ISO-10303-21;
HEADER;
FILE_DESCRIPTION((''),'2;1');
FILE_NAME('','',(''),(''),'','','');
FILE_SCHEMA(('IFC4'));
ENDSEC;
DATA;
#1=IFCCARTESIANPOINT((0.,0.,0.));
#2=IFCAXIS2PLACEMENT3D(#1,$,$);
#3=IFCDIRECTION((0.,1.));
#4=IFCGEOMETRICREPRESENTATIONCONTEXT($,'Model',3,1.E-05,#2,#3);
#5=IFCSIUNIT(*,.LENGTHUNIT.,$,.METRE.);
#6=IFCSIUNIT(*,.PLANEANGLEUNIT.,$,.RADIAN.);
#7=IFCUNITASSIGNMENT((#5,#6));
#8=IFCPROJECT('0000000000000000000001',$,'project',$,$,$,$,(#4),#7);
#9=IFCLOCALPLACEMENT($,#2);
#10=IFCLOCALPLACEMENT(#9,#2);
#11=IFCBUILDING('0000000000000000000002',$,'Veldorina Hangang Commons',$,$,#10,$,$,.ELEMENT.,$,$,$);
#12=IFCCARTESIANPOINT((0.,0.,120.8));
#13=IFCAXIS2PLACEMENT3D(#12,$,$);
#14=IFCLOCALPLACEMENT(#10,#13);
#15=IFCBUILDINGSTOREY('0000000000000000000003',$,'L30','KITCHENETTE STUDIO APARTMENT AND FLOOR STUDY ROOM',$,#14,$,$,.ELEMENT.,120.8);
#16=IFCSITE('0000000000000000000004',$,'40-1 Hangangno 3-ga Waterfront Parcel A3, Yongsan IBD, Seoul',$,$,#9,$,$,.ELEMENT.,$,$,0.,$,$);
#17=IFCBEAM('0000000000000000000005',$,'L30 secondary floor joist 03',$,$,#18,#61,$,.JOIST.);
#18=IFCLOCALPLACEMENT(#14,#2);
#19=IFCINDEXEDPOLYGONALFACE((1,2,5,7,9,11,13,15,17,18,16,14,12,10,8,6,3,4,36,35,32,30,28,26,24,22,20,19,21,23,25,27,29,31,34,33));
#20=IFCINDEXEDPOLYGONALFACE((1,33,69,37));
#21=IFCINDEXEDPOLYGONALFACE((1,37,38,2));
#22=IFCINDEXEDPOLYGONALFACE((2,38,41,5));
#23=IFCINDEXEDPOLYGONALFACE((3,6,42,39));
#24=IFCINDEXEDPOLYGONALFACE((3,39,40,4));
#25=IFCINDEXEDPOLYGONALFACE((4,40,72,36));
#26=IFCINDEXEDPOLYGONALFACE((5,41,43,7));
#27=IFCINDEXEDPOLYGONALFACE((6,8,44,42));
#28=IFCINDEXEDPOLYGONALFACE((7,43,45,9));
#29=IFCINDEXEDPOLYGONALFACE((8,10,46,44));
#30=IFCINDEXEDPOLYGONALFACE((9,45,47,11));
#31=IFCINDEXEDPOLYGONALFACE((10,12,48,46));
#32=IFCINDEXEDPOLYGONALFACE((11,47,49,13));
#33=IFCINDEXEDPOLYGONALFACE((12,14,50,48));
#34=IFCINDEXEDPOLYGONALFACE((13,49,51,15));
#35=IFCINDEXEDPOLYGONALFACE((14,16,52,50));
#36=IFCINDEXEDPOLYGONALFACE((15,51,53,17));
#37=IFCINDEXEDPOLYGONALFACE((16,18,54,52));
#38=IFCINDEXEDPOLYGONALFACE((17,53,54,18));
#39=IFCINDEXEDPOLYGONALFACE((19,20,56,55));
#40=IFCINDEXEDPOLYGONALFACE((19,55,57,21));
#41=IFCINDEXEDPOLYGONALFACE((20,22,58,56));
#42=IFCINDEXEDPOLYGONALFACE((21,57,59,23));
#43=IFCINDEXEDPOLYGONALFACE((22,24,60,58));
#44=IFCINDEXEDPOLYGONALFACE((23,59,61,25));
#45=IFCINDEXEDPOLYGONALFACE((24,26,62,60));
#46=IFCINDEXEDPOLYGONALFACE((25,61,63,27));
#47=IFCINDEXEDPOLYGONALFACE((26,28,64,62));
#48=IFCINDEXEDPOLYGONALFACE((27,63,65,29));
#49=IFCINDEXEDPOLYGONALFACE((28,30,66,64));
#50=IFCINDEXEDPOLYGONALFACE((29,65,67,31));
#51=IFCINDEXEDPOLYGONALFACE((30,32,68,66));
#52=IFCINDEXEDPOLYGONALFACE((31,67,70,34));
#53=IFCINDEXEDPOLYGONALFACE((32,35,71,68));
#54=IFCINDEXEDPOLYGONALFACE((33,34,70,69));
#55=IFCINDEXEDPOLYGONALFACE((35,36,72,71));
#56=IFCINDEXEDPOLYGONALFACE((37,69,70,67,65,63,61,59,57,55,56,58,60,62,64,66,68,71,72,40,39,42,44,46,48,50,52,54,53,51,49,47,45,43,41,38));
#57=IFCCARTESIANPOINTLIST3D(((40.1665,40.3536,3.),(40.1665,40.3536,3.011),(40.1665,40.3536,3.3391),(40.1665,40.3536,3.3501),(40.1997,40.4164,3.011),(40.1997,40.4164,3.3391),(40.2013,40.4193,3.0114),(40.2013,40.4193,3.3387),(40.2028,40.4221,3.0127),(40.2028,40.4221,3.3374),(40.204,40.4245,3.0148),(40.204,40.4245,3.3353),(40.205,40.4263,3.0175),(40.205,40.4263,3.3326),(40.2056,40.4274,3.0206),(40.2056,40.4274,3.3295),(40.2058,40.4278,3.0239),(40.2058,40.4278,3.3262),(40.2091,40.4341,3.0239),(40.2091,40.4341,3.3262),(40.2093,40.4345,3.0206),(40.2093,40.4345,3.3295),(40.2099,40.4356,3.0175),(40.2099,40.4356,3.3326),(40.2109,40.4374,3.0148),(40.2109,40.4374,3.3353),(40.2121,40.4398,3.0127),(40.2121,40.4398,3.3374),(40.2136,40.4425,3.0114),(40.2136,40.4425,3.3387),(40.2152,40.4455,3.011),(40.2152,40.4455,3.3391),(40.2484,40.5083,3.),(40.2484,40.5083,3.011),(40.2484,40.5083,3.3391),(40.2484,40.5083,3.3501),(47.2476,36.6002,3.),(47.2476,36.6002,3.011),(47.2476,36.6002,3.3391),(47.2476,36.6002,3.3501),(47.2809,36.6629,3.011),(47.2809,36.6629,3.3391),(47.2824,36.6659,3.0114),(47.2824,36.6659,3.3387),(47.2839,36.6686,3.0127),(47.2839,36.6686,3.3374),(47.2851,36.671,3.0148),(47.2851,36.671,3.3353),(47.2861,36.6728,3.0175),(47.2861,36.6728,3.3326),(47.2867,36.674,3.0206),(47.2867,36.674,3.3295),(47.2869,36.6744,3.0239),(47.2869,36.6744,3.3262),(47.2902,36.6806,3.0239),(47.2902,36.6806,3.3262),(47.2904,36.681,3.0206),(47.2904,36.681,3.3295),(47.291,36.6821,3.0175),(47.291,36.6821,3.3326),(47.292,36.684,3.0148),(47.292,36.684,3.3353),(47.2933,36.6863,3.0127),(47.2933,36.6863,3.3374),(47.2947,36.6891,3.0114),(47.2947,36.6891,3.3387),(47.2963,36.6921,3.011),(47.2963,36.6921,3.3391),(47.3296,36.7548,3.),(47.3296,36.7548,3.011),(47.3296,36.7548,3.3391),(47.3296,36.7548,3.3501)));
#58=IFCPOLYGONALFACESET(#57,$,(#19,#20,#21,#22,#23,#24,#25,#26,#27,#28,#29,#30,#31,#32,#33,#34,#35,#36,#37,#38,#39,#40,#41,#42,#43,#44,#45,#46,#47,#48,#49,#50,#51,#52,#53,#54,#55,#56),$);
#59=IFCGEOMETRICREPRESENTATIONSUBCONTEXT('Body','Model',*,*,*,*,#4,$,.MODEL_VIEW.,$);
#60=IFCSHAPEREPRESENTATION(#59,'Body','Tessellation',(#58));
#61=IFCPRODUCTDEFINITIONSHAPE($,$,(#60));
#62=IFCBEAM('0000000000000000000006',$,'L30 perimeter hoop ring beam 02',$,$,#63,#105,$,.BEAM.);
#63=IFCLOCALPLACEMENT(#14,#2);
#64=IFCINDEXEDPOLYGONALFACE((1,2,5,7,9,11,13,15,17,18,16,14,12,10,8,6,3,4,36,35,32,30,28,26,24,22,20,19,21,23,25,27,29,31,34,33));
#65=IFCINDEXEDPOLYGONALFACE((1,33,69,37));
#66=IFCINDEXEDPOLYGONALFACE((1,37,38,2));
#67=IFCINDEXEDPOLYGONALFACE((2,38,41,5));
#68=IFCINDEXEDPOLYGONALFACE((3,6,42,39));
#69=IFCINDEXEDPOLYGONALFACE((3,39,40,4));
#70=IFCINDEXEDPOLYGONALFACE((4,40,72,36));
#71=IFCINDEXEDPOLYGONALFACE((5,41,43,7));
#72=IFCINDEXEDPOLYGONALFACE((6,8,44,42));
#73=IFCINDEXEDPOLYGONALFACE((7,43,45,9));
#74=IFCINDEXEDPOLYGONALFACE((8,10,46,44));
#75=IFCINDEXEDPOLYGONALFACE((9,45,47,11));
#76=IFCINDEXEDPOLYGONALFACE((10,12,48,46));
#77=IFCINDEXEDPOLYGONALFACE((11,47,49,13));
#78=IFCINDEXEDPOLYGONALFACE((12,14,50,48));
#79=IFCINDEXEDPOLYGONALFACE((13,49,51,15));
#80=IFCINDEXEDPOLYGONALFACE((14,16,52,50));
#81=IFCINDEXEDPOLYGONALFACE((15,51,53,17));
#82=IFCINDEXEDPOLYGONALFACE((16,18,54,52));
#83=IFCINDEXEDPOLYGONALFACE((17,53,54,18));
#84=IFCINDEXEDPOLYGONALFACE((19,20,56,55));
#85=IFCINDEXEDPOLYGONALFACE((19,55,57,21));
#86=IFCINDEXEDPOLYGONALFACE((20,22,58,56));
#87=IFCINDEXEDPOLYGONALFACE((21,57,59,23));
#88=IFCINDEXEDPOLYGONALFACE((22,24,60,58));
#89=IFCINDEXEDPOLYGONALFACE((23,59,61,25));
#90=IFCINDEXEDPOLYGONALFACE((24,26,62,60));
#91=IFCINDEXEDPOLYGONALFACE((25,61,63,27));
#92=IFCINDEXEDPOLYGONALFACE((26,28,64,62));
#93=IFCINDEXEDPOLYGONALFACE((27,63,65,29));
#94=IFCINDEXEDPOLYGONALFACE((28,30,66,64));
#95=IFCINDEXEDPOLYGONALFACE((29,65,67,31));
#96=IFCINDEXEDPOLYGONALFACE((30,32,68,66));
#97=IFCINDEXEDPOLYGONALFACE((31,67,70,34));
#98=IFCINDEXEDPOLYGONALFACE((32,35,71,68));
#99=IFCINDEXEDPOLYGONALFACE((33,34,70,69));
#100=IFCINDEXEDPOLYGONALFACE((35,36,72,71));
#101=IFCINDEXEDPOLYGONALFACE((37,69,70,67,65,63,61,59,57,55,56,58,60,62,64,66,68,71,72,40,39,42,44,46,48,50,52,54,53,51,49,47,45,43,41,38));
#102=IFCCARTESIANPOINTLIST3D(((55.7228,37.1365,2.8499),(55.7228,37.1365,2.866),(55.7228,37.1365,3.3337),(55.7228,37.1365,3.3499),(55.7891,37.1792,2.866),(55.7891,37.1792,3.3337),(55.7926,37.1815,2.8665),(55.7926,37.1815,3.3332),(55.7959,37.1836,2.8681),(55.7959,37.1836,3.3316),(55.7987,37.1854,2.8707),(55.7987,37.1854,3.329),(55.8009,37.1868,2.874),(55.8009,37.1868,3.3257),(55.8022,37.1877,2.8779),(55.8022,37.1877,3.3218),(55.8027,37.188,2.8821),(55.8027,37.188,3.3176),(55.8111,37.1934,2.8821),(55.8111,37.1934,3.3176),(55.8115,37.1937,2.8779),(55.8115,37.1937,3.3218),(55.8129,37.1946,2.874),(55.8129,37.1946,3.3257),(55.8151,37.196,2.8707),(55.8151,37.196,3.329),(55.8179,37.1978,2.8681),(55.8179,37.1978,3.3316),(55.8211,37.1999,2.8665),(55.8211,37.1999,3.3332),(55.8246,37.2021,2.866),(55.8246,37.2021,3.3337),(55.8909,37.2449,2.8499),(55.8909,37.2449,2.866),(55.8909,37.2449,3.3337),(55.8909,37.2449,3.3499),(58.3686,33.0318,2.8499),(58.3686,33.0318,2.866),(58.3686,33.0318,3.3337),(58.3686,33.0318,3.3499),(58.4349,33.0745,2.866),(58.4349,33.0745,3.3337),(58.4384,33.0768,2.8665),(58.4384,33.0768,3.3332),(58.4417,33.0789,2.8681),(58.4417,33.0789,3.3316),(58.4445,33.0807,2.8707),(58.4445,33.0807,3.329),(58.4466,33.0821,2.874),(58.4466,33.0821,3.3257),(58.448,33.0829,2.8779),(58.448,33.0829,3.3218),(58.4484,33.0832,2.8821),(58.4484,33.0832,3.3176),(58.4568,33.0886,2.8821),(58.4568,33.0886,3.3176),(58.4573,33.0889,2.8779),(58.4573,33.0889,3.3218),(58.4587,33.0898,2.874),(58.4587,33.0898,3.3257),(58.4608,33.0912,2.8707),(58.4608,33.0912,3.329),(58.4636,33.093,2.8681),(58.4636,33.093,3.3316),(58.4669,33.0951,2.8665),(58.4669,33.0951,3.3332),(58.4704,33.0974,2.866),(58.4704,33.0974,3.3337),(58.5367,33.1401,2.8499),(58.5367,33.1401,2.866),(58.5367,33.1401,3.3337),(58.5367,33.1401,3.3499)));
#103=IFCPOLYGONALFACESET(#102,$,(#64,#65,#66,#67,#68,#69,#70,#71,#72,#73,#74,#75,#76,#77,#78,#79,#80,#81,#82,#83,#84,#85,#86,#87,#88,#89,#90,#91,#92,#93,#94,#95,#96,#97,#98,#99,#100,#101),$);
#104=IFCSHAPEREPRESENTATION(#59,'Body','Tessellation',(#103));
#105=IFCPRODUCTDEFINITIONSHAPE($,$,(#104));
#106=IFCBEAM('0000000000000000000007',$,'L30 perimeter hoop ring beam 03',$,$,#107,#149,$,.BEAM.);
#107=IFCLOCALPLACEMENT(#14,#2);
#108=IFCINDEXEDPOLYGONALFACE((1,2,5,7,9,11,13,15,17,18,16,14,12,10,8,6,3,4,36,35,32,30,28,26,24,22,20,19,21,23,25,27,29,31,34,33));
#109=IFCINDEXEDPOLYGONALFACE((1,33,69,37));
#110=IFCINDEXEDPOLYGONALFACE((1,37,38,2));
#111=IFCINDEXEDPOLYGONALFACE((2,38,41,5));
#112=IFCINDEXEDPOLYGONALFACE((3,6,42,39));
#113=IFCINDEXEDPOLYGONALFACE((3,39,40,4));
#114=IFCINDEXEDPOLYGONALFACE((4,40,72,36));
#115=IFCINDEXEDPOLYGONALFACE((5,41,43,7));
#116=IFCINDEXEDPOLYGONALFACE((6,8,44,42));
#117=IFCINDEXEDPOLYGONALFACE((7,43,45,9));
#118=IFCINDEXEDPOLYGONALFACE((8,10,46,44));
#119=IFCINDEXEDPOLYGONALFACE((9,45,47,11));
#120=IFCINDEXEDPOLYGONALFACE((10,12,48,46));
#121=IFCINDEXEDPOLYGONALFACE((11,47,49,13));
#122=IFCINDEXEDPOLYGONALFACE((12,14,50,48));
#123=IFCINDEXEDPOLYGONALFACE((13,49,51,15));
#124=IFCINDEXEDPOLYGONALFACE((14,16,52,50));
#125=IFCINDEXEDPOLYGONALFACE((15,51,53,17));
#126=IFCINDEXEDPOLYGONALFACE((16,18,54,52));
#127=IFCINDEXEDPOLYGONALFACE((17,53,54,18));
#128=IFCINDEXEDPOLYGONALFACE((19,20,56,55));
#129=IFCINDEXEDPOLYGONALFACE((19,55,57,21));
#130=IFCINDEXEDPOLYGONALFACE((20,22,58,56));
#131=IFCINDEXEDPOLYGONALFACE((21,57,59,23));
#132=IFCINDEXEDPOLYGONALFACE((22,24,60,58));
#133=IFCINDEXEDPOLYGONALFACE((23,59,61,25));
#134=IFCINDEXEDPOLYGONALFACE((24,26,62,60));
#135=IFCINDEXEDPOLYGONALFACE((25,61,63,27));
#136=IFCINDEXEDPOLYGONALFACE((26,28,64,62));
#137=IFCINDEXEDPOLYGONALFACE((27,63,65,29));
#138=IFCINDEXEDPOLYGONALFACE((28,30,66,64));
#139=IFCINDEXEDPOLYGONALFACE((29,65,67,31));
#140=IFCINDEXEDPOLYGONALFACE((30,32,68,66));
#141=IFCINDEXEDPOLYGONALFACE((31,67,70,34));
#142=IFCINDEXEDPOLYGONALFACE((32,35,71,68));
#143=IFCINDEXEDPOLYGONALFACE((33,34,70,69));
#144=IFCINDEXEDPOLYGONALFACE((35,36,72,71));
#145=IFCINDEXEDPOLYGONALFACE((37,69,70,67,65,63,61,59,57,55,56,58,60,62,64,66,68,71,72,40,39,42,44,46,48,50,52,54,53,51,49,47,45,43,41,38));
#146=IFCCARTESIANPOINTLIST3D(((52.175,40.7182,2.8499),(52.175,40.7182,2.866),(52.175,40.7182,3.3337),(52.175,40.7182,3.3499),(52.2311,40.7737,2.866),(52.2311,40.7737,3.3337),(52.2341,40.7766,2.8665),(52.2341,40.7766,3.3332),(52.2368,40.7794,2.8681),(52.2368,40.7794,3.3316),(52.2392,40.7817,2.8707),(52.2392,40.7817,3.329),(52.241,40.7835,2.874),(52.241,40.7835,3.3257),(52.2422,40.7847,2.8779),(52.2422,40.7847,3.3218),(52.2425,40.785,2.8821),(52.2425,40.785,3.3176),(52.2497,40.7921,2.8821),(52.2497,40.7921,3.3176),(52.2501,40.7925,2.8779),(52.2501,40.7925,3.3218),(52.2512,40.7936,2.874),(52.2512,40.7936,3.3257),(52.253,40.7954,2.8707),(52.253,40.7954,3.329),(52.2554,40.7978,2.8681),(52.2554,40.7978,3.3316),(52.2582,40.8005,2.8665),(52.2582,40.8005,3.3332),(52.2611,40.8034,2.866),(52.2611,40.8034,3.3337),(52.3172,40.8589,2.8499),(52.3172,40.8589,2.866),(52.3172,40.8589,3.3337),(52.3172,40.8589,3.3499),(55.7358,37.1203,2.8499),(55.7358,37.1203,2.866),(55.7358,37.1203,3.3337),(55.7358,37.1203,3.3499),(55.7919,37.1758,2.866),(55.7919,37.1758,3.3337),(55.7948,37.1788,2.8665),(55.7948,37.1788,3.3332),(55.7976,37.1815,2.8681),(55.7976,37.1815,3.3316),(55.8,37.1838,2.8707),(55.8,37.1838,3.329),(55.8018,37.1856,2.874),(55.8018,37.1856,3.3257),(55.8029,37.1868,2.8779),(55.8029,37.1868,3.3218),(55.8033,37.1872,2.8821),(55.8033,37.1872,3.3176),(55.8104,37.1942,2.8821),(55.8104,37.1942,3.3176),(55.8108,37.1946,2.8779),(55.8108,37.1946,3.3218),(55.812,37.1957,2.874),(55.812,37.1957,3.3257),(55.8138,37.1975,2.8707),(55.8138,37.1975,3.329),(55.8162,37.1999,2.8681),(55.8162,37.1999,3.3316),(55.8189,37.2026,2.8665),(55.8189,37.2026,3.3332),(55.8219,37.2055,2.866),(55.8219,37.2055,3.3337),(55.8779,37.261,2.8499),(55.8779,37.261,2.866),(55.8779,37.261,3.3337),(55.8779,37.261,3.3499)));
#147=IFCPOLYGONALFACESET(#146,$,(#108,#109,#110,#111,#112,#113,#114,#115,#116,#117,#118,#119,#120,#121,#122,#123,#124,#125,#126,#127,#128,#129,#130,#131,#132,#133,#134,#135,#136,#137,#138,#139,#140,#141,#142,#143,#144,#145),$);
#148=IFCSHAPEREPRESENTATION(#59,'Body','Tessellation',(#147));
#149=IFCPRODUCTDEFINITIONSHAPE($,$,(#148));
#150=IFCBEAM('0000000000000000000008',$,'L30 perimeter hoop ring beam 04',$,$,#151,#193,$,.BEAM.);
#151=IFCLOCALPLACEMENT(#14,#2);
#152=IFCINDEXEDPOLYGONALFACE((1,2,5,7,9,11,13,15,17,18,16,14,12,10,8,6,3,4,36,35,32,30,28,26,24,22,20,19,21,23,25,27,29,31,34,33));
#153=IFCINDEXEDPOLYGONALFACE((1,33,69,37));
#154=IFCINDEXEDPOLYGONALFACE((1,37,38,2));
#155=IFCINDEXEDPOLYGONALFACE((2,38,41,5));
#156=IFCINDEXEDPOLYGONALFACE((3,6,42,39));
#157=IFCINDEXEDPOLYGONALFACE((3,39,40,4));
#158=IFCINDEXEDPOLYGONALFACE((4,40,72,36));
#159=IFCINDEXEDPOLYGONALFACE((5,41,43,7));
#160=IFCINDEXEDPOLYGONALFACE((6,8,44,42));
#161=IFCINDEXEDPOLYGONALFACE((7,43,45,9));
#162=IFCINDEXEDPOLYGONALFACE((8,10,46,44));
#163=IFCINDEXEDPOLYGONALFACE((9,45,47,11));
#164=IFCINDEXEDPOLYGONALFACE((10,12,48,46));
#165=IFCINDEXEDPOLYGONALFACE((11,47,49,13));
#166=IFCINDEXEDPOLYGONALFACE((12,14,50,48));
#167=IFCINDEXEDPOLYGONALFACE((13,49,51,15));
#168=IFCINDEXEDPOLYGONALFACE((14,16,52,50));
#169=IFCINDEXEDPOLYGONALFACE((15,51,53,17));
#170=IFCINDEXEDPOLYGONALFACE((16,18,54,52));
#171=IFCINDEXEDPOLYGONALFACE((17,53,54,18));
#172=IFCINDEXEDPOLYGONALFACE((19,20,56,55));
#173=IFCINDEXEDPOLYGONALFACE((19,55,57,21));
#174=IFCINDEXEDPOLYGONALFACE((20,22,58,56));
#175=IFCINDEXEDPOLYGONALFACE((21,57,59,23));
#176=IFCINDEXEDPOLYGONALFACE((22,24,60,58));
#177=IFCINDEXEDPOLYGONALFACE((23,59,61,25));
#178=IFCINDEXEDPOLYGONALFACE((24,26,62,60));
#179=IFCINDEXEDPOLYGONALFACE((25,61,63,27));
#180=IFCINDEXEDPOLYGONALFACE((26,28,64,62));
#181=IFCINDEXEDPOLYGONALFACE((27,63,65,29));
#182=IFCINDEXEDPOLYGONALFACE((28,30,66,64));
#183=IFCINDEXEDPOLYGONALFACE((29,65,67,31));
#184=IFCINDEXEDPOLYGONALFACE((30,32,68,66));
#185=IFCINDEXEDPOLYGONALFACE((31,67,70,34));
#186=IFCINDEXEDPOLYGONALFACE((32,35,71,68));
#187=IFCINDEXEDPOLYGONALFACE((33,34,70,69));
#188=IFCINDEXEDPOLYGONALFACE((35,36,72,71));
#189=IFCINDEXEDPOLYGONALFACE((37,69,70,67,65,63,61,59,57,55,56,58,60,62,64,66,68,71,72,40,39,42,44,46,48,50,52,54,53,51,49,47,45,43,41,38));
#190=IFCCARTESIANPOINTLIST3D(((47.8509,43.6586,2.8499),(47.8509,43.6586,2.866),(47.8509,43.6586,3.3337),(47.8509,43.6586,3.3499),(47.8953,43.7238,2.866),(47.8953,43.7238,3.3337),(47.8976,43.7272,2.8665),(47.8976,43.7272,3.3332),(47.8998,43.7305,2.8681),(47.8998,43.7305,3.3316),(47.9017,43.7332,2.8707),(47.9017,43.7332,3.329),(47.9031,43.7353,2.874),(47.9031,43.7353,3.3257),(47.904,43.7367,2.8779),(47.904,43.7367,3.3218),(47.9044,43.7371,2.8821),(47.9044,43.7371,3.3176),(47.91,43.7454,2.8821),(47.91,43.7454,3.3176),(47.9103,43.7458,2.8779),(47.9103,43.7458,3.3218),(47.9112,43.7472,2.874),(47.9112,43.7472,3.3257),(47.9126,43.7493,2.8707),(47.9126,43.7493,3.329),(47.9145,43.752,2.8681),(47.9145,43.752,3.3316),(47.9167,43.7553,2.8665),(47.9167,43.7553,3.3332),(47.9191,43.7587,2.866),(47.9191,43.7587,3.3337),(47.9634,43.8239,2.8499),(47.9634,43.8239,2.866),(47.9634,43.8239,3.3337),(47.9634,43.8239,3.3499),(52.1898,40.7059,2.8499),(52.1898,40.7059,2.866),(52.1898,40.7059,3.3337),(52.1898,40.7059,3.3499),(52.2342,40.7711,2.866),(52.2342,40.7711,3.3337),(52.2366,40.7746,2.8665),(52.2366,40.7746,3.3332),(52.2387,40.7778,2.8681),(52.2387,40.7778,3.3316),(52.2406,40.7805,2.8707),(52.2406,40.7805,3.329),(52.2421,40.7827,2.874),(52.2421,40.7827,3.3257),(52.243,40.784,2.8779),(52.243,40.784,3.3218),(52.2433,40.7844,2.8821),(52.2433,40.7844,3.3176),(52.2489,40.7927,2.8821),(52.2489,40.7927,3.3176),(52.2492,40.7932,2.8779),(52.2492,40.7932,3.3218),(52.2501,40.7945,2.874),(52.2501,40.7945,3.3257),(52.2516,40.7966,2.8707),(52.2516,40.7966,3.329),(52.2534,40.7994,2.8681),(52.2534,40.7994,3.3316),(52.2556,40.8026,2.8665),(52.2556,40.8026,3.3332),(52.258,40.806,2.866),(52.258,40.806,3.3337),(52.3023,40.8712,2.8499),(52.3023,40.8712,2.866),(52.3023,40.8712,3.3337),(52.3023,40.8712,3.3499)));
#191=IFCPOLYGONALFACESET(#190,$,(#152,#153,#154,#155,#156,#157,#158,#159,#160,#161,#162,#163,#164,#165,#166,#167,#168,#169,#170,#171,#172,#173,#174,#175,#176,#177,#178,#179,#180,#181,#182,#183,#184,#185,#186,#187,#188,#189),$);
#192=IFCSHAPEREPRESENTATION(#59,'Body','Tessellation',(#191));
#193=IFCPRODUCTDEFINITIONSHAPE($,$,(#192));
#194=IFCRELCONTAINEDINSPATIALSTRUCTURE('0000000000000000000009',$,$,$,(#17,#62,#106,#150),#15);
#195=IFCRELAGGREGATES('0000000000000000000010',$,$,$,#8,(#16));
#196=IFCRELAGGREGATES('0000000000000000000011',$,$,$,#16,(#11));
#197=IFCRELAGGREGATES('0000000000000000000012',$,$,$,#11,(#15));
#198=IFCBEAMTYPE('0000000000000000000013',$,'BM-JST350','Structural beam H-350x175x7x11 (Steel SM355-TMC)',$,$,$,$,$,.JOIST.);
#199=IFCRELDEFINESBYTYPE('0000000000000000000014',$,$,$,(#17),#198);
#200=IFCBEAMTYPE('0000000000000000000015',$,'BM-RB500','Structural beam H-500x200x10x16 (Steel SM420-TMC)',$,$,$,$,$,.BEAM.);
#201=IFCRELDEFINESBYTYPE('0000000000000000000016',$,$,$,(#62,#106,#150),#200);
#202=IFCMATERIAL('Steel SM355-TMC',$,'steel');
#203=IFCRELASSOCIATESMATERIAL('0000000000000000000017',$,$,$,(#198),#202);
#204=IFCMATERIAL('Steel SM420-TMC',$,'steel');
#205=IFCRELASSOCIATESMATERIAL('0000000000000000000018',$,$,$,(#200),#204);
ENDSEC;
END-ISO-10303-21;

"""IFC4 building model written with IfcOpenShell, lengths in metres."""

from ifc_helpers import new_model, si_unit, direction, frame, origin, origin_2d, place, context, subcontext, project, spatial, i_section, extrude, material, material_profile, profile_set, type_object, element, save


model = new_model("IFC4")

# Units and contexts
model_context = context("Model", 3, precision=1e-05, world=origin(), true_north=direction((0.0, 1.0)))
body_context = subcontext(model_context, "Body", "Model", "MODEL_VIEW")
ifc_project = project(units=[si_unit("LENGTHUNIT", "METRE"), si_unit("PLANEANGLEUNIT", "RADIAN")], contexts=[model_context])

# Site, building, storey
site_placement = place(None, origin())
site = spatial("IfcSite", under=ifc_project, at=site_placement, Name="40-1 Hangangno 3-ga Waterfront Parcel A3, Yongsan IBD, Seoul", CompositionType="ELEMENT", RefElevation=0.0)
building_placement = place(site_placement, origin())
building = spatial("IfcBuilding", under=site, at=building_placement, Name="Veldorina Hangang Commons", CompositionType="ELEMENT")
storey_placement = place(building_placement, frame((0.0, 0.0, 120.8)))
storey = spatial("IfcBuildingStorey", under=building, at=storey_placement, Name="L30", Description="KITCHENETTE STUDIO APARTMENT AND FLOOR STUDY ROOM", CompositionType="ELEMENT", Elevation=120.8)

# Beams
ifc_material_1 = material(Name="Steel SM355-TMC", Category="steel")
ifc_material_profile_1 = material_profile(ifc_material_1, i_section(OverallWidth=0.175, OverallDepth=0.3501, WebThickness=0.0071, FlangeThickness=0.011, FilletRadius=0.0129, at=origin_2d()), Name="H-350x175x7x11")
ifc_profile_set_1 = profile_set([ifc_material_profile_1], Name="Steel SM355-TMC")
beam_type_1 = type_object("IfcBeamType", Name="BM-JST350", Description="Structural beam H-350x175x7x11 (Steel SM355-TMC)", PredefinedType="JOIST", material=ifc_profile_set_1)
beam_1_placement = place(storey_placement, frame((47.2886, 36.6775, 3.175), z_axis=(-0.883549, 0.468338, 0.0), x_axis=(-0.468338, -0.883549, 0.0)))
element("IfcBeam", 1, at=beam_1_placement, inside=storey, type_object=beam_type_1, Name="L30 secondary floor joist 03", PredefinedType="JOIST", context=body_context, shape_type="SweptSolid", body=[
    extrude(i_section(OverallWidth=0.175, OverallDepth=0.3501, WebThickness=0.0071, FlangeThickness=0.011, FilletRadius=0.0129, at=origin_2d()), origin(), (0.0, 0.0, 1.0), 8.0144),
])
ifc_material_2 = material(Name="Steel SM420-TMC", Category="steel")
ifc_material_profile_2 = material_profile(ifc_material_2, i_section(OverallWidth=0.2, OverallDepth=0.5, WebThickness=0.01, FlangeThickness=0.0161, FilletRadius=0.0161, at=origin_2d()), Name="H-500x200x10x16")
ifc_profile_set_2 = profile_set([ifc_material_profile_2], Name="Steel SM420-TMC")
beam_type_2 = type_object("IfcBeamType", Name="BM-RB500", Description="Structural beam H-500x200x10x16 (Steel SM420-TMC)", PredefinedType="BEAM", material=ifc_profile_set_2)
beam_2_placement = place(storey_placement, frame((58.4526, 33.0859, 3.0999), z_axis=(-0.54177, 0.840527, 0.0), x_axis=(-0.840527, -0.54177, 0.0)))
element("IfcBeam", 2, at=beam_2_placement, inside=storey, type_object=beam_type_2, Name="L30 perimeter hoop ring beam 02", PredefinedType="BEAM", context=body_context, shape_type="SweptSolid", body=[
    extrude(i_section(OverallWidth=0.2, OverallDepth=0.5, WebThickness=0.01, FlangeThickness=0.0161, FilletRadius=0.0161, at=origin_2d()), origin(), (0.0, 0.0, 1.0), 4.8835),
])
beam_3_placement = place(storey_placement, frame((55.8069, 37.1907, 3.0999), z_axis=(-0.703432, 0.710763, 0.0), x_axis=(-0.710763, -0.703432, 0.0)))
element("IfcBeam", 3, at=beam_3_placement, inside=storey, type_object=beam_type_2, Name="L30 perimeter hoop ring beam 03", PredefinedType="BEAM", context=body_context, shape_type="SweptSolid", body=[
    extrude(i_section(OverallWidth=0.2, OverallDepth=0.5, WebThickness=0.01, FlangeThickness=0.0161, FilletRadius=0.0161, at=origin_2d()), origin(), (0.0, 0.0, 1.0), 5.062),
])
beam_4_placement = place(storey_placement, frame((52.2461, 40.7886, 3.0999), z_axis=(-0.826731, 0.562598, 0.0), x_axis=(-0.562598, -0.826731, 0.0)))
element("IfcBeam", 4, at=beam_4_placement, inside=storey, type_object=beam_type_2, Name="L30 perimeter hoop ring beam 04", PredefinedType="BEAM", context=body_context, shape_type="SweptSolid", body=[
    extrude(i_section(OverallWidth=0.2, OverallDepth=0.5, WebThickness=0.01, FlangeThickness=0.0161, FilletRadius=0.0161, at=origin_2d()), origin(), (0.0, 0.0, 1.0), 5.2483),
])

save(model, "model.ifc")
